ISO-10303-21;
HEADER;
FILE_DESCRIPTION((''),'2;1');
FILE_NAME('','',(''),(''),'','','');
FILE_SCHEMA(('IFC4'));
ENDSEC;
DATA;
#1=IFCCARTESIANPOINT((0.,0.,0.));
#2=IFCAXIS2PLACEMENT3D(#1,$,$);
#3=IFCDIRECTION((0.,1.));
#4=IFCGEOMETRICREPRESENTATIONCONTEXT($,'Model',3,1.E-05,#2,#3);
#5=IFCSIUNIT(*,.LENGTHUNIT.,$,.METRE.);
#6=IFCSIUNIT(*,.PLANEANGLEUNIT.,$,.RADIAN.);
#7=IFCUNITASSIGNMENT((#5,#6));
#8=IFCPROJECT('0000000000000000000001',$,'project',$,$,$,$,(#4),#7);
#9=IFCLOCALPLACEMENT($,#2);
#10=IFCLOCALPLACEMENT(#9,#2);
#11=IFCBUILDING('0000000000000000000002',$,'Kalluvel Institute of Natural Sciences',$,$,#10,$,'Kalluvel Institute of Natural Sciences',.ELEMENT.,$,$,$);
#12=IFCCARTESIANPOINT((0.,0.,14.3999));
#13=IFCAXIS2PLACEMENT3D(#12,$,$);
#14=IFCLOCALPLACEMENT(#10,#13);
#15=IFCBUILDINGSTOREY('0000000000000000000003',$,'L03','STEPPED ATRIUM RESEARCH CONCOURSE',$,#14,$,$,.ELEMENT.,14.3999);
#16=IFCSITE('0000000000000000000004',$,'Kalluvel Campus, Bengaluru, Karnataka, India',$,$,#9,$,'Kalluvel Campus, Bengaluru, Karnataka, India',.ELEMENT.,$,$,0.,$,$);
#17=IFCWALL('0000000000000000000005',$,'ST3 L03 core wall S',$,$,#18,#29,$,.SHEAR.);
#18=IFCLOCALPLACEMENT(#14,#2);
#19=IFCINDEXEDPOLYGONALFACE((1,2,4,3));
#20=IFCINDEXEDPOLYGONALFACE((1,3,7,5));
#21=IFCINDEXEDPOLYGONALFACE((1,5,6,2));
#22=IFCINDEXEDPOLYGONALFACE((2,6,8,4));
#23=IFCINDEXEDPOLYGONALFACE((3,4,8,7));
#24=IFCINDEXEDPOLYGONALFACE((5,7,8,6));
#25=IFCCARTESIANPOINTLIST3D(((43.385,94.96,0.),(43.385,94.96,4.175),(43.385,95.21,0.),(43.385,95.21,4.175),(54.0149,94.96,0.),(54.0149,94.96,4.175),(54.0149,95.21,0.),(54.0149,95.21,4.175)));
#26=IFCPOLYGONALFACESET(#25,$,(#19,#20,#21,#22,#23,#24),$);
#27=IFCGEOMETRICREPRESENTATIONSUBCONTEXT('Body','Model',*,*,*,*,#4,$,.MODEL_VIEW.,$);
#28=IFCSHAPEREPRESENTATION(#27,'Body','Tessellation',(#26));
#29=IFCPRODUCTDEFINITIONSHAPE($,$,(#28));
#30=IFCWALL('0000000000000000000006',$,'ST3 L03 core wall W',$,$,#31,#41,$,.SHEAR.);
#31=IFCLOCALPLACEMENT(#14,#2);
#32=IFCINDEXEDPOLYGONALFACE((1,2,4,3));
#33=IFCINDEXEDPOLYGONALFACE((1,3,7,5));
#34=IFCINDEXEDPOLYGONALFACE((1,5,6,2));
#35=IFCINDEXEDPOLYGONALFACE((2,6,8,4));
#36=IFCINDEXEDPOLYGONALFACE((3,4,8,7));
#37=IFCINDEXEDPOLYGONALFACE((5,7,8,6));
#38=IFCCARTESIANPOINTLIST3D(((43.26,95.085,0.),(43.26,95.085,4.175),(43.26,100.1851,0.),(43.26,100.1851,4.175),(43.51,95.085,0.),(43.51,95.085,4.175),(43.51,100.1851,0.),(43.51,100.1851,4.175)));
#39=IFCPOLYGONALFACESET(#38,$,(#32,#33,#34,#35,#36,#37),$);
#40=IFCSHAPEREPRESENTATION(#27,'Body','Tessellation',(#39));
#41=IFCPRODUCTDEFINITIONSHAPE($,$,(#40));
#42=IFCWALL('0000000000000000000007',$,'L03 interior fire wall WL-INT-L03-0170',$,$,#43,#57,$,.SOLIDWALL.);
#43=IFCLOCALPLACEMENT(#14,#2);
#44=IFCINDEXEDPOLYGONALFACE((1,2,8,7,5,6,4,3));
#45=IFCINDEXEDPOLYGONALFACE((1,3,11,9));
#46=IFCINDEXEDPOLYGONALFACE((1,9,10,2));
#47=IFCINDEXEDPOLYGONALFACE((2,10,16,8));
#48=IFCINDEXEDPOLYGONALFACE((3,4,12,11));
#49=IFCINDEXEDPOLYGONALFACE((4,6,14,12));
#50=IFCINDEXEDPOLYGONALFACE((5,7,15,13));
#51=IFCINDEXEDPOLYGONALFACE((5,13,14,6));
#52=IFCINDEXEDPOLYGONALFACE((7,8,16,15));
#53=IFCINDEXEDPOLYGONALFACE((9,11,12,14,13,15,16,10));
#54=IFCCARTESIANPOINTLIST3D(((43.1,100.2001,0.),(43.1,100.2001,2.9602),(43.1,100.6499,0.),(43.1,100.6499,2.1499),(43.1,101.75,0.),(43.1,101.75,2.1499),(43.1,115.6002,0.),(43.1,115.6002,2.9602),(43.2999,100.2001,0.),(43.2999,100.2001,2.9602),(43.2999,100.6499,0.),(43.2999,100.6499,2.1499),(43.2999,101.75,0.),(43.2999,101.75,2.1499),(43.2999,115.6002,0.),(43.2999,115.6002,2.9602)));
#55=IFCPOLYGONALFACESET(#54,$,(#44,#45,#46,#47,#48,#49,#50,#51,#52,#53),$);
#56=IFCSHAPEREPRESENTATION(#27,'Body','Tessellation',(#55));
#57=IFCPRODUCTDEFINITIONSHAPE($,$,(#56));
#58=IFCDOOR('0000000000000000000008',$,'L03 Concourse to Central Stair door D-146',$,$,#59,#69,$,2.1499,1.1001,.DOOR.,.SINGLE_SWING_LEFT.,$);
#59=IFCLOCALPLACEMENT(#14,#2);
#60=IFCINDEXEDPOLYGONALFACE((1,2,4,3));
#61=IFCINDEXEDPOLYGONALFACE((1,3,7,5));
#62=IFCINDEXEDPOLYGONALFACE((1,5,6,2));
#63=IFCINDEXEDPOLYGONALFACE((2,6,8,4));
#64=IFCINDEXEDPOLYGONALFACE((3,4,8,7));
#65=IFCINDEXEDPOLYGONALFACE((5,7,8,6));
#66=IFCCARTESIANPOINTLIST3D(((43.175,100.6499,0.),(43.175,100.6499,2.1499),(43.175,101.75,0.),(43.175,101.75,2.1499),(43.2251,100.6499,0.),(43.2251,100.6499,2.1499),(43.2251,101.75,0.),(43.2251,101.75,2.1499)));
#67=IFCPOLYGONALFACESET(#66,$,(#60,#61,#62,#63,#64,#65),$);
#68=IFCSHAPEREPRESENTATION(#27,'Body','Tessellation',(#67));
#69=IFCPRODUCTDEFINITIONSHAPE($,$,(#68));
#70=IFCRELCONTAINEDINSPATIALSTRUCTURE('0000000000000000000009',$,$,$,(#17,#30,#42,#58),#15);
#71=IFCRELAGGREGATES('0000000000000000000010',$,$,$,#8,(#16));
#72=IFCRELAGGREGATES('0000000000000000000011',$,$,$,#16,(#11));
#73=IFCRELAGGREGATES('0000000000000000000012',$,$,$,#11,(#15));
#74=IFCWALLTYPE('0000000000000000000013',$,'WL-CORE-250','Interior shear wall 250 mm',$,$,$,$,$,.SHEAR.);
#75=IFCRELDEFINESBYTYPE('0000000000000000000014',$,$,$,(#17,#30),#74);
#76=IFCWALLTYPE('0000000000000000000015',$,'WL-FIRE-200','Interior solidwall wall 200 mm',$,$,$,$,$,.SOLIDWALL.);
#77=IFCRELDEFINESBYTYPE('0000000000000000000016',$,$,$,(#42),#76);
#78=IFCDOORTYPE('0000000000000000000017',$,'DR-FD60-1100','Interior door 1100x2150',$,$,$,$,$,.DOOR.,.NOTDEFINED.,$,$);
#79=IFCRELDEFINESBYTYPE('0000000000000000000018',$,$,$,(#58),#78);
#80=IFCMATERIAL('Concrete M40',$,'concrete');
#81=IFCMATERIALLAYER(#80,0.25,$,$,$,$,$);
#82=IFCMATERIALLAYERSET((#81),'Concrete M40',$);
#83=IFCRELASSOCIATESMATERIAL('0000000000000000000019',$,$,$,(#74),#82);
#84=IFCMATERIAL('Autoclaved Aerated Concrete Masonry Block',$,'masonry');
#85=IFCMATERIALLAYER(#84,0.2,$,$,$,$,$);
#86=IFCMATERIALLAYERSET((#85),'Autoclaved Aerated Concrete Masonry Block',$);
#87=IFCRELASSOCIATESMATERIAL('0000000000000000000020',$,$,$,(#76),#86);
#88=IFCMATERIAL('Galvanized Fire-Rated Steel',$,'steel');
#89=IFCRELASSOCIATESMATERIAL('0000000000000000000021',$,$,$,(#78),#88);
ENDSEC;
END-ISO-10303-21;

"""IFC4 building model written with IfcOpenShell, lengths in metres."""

from ifc_helpers import new_model, si_unit, direction, frame, frame_2d, origin, place, context, subcontext, project, spatial, rectangle, extrude, material, layer, layer_set, type_object, element, fill, save


model = new_model("IFC4")

# Units and contexts
model_context = context("Model", 3, precision=1e-05, world=origin(), true_north=direction((0.0, 1.0)))
body_context = subcontext(model_context, "Body", "Model", "MODEL_VIEW")
ifc_project = project(units=[si_unit("LENGTHUNIT", "METRE"), si_unit("PLANEANGLEUNIT", "RADIAN")], contexts=[model_context])

# Site, building, storey
site_placement = place(None, origin())
site = spatial("IfcSite", under=ifc_project, at=site_placement, Name="Kalluvel Campus, Bengaluru, Karnataka, India", LongName="Kalluvel Campus, Bengaluru, Karnataka, India", CompositionType="ELEMENT", RefElevation=0.0)
building_placement = place(site_placement, origin())
building = spatial("IfcBuilding", under=site, at=building_placement, Name="Kalluvel Institute of Natural Sciences", LongName="Kalluvel Institute of Natural Sciences", CompositionType="ELEMENT")
storey_placement = place(building_placement, frame((0.0, 0.0, 14.3999)))
storey = spatial("IfcBuildingStorey", under=building, at=storey_placement, Name="L03", Description="STEPPED ATRIUM RESEARCH CONCOURSE", CompositionType="ELEMENT", Elevation=14.3999)

# Shared definitions
ifc_material_1 = material(Name="Concrete M40", Category="concrete")

# Walls
ifc_layer_1 = layer(ifc_material_1, 0.25)
ifc_layer_set_1 = layer_set([ifc_layer_1], Name="Concrete M40")
wall_type_1 = type_object("IfcWallType", Name="WL-CORE-250", Description="Interior shear wall 250 mm", PredefinedType="SHEAR", material=ifc_layer_set_1)
wall_1_placement = place(storey_placement, frame((43.385, 95.085, 0.0), z_axis=(0.0, 0.0, 1.0), x_axis=(1.0, 0.0, 0.0)))
element("IfcWall", 1, at=wall_1_placement, inside=storey, type_object=wall_type_1, Name="ST3 L03 core wall S", PredefinedType="SHEAR", context=body_context, shape_type="SweptSolid", body=[
    extrude(rectangle(XDim=10.6299, YDim=0.25, at=frame_2d((5.3149, 0.0))), origin(), (0.0, 0.0, 1.0), 4.175),
])
wall_2_placement = place(storey_placement, frame((43.385, 100.1851, 0.0), z_axis=(0.0, 0.0, 1.0), x_axis=(0.0, -1.0, 0.0)))
element("IfcWall", 2, at=wall_2_placement, inside=storey, type_object=wall_type_1, Name="ST3 L03 core wall W", PredefinedType="SHEAR", context=body_context, shape_type="SweptSolid", body=[
    extrude(rectangle(XDim=5.1001, YDim=0.25, at=frame_2d((2.55, 0.0))), origin(), (0.0, 0.0, 1.0), 4.175),
])

# Wall, opening, door
ifc_material_2 = material(Name="Autoclaved Aerated Concrete Masonry Block", Category="masonry")
ifc_layer_2 = layer(ifc_material_2, 0.2)
ifc_layer_set_2 = layer_set([ifc_layer_2], Name="Autoclaved Aerated Concrete Masonry Block")
wall_type_2 = type_object("IfcWallType", Name="WL-FIRE-200", Description="Interior solidwall wall 200 mm", PredefinedType="SOLIDWALL", material=ifc_layer_set_2)
wall_3_placement = place(storey_placement, frame((43.2, 100.2, 0.0), z_axis=(0.0, 0.0, 1.0), x_axis=(0.0, 1.0, 0.0)))
wall_3 = element("IfcWall", 3, at=wall_3_placement, inside=storey, type_object=wall_type_2, Name="L03 interior fire wall WL-INT-L03-0170", PredefinedType="SOLIDWALL", context=body_context, shape_type="SweptSolid", body=[
    extrude(rectangle(XDim=15.4001, YDim=0.2, at=frame_2d((7.7002, 0.0))), origin(), (0.0, 0.0, 1.0), 2.9602),
])
opening_placement = place(wall_3_placement, frame((0.45, 0.0, 0.0)))
opening = element("IfcOpeningElement", 4, at=opening_placement, cuts=wall_3, PredefinedType="OPENING", context=body_context, shape_type="SweptSolid", body=[
    extrude(rectangle(XDim=1.1001, YDim=2.1499, at=frame_2d((0.55, 1.075))), frame((0.0, 0.1099, 0.0), z_axis=(0.0, -1.0, 0.0), x_axis=(1.0, 0.0, 0.0)), (0.0, 0.0, 1.0), 0.22),
])
ifc_material_3 = material(Name="Galvanized Fire-Rated Steel", Category="steel")
door_type = type_object("IfcDoorType", Name="DR-FD60-1100", Description="Interior door 1100x2150", OperationType="NOTDEFINED", PredefinedType="DOOR", material=ifc_material_3)
door_placement = place(opening_placement, origin())
door = element("IfcDoor", 5, at=door_placement, inside=storey, type_object=door_type, Name="L03 Concourse to Central Stair door D-146", OperationType="SINGLE_SWING_LEFT", OverallHeight=2.1499, OverallWidth=1.1001, PredefinedType="DOOR", context=body_context, shape_type="SweptSolid", body=[
    extrude(rectangle(XDim=1.1001, YDim=2.1499, at=frame_2d((0.55, 1.075))), frame((0.0, 0.0249, 0.0), z_axis=(0.0, -1.0, 0.0), x_axis=(1.0, 0.0, 0.0)), (0.0, 0.0, 1.0), 0.05),
])
fill(opening, door)

save(model, "model.ifc")
